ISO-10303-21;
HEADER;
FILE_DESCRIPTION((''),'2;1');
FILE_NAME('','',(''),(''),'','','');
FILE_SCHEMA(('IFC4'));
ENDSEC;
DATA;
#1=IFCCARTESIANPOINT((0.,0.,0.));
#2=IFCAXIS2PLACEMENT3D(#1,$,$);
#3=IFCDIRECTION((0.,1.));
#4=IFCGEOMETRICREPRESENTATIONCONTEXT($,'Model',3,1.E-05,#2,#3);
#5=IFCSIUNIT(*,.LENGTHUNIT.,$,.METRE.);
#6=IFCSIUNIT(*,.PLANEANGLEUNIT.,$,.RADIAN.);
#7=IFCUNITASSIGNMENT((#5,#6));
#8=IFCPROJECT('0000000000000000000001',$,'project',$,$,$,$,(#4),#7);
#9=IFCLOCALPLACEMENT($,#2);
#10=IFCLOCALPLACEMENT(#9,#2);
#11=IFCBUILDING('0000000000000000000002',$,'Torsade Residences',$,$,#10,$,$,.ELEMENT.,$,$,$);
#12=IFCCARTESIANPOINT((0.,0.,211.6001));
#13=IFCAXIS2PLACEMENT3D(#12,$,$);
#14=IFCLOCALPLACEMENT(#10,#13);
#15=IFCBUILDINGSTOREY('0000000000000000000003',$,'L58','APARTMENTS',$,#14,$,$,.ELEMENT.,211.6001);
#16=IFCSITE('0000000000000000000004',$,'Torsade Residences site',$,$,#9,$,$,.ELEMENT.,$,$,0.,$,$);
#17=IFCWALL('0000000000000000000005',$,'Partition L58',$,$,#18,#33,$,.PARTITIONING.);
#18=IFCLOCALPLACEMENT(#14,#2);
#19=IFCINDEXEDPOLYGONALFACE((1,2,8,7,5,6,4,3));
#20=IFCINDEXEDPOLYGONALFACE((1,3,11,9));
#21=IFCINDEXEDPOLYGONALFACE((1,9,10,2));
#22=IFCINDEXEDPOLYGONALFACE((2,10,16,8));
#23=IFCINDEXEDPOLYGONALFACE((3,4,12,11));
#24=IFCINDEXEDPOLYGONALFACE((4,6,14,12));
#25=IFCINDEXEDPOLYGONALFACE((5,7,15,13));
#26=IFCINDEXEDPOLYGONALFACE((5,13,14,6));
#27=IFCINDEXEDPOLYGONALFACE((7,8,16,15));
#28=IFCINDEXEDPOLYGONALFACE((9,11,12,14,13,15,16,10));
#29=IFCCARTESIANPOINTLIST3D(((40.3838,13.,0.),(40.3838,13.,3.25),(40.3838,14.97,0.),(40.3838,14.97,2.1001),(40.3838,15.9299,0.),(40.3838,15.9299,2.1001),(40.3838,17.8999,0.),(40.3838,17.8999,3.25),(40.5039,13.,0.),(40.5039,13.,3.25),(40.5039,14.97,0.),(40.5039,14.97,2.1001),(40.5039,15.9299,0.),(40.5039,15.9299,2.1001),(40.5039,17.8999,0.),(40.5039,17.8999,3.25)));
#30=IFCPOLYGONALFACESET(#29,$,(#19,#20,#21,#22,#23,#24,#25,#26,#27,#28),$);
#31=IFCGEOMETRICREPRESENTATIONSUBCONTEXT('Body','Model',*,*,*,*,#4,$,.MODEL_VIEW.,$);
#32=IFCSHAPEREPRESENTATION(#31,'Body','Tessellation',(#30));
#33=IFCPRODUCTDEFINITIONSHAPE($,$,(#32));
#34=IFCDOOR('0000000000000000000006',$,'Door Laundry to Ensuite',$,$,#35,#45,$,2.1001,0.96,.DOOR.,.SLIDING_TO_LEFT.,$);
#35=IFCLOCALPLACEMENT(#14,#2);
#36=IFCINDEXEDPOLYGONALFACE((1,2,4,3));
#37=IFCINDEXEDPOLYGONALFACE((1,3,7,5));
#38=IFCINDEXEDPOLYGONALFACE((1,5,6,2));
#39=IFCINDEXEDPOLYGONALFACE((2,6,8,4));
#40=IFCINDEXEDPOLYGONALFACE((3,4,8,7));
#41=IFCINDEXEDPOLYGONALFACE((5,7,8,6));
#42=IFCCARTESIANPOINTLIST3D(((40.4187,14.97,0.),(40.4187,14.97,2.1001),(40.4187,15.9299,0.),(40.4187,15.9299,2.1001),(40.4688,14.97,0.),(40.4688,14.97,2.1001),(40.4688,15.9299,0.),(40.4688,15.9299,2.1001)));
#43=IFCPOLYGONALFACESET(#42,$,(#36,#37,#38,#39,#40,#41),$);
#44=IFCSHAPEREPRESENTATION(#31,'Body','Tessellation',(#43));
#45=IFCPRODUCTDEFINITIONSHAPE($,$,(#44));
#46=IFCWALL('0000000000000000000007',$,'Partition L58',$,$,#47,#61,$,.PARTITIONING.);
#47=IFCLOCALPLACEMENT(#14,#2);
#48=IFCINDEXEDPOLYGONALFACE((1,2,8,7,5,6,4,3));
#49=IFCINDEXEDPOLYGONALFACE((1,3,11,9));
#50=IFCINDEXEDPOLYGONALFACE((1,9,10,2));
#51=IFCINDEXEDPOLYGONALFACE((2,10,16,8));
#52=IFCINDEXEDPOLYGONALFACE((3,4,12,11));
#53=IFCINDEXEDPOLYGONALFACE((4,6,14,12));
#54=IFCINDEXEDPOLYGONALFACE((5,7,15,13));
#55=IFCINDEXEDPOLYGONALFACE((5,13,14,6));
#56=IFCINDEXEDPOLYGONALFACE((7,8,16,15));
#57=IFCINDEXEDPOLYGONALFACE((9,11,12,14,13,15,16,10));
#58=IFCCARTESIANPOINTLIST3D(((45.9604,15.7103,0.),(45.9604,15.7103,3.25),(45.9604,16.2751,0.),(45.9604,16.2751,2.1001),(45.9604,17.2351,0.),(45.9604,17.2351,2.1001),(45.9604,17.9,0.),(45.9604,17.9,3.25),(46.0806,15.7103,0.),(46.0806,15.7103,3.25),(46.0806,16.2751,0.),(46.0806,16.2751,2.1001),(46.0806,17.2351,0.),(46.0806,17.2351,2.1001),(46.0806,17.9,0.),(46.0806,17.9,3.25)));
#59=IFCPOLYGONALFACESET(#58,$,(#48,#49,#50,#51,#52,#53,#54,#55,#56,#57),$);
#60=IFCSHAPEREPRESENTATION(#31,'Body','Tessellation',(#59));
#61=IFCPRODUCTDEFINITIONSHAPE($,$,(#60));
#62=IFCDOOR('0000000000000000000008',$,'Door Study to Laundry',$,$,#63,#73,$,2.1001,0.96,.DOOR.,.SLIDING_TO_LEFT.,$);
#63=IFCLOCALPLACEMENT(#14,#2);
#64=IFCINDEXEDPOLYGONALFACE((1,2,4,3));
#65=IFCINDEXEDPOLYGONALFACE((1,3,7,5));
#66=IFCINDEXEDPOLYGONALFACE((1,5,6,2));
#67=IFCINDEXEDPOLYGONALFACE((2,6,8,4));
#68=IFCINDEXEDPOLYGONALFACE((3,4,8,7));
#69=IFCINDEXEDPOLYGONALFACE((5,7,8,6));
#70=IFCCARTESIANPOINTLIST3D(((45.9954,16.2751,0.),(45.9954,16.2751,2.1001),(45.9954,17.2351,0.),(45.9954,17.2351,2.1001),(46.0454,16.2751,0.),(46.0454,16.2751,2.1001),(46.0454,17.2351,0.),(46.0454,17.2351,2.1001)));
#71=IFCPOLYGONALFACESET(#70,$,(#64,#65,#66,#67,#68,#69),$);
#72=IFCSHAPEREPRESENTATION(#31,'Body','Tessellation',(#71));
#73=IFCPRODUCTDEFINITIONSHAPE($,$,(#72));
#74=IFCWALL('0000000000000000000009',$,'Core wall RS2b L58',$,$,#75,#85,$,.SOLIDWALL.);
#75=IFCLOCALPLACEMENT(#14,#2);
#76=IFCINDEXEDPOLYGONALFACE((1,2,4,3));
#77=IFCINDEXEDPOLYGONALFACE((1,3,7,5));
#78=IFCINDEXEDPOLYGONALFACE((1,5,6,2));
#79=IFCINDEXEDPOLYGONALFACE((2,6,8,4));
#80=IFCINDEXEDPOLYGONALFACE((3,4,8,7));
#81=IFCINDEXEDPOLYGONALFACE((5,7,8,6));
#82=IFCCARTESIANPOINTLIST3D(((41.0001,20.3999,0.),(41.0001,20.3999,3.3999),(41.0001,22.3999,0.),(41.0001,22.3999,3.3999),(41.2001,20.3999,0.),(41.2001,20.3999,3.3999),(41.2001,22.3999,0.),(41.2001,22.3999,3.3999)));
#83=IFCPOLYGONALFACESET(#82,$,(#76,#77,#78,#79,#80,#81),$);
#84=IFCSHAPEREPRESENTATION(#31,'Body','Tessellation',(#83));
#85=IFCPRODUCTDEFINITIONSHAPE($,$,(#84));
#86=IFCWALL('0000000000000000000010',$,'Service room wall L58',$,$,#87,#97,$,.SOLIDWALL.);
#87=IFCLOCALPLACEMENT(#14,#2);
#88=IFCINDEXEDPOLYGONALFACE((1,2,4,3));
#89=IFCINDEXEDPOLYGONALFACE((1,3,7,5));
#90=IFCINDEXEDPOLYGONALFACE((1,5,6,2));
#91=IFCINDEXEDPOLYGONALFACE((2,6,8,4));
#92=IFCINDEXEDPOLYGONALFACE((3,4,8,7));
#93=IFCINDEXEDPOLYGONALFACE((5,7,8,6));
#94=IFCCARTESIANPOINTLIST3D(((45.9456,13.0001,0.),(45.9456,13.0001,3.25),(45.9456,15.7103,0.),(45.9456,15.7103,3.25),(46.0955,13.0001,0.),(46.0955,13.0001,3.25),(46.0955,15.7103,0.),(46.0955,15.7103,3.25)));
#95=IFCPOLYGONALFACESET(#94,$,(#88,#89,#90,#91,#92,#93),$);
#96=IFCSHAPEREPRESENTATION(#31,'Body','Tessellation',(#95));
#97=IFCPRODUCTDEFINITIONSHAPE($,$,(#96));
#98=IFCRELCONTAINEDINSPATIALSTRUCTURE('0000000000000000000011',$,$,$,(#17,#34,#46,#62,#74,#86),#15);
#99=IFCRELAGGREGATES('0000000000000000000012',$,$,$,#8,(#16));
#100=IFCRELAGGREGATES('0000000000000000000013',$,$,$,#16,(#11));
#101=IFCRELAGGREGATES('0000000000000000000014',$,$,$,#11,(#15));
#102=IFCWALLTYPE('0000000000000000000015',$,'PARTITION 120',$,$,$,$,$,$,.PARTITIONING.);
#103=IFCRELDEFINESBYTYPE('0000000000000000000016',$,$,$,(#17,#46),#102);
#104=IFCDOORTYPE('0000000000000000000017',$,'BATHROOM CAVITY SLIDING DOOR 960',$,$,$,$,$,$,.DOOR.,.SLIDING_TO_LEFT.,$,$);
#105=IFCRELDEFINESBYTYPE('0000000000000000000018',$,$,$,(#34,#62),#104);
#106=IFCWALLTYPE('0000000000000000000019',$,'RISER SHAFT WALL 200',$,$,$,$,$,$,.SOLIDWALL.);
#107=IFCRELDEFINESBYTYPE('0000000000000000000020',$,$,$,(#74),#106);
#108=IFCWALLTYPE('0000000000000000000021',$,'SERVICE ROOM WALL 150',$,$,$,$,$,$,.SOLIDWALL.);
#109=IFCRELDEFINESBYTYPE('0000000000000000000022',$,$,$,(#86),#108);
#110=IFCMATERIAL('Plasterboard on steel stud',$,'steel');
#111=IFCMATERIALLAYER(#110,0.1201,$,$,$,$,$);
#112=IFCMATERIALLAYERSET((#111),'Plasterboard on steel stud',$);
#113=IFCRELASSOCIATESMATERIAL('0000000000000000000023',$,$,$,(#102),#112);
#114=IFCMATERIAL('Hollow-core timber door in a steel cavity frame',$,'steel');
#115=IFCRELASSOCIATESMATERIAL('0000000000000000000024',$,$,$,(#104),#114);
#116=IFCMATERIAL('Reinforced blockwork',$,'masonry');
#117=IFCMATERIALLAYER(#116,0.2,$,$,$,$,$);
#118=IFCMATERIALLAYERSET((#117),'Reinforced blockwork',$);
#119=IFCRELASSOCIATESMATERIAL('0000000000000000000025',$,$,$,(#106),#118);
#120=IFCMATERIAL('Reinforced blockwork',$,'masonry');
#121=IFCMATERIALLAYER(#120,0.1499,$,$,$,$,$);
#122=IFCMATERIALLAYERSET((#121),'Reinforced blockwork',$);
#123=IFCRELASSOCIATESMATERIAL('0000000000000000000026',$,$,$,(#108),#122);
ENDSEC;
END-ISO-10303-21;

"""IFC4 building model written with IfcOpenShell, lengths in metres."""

from ifc_helpers import new_model, si_unit, direction, frame, frame_2d, origin, place, context, subcontext, project, spatial, rectangle, extrude, material, layer, layer_set, type_object, element, fill, save


model = new_model("IFC4")

# Units and contexts
model_context = context("Model", 3, precision=1e-05, world=origin(), true_north=direction((0.0, 1.0)))
body_context = subcontext(model_context, "Body", "Model", "MODEL_VIEW")
ifc_project = project(units=[si_unit("LENGTHUNIT", "METRE"), si_unit("PLANEANGLEUNIT", "RADIAN")], contexts=[model_context])

# Site, building, storey
site_placement = place(None, origin())
site = spatial("IfcSite", under=ifc_project, at=site_placement, Name="Torsade Residences site", CompositionType="ELEMENT", RefElevation=0.0)
building_placement = place(site_placement, origin())
building = spatial("IfcBuilding", under=site, at=building_placement, Name="Torsade Residences", CompositionType="ELEMENT")
storey_placement = place(building_placement, frame((0.0, 0.0, 211.6001)))
storey = spatial("IfcBuildingStorey", under=building, at=storey_placement, Name="L58", Description="APARTMENTS", CompositionType="ELEMENT", Elevation=211.6001)

# Walls, openings, doors
ifc_material_1 = material(Name="Plasterboard on steel stud", Category="steel")
ifc_layer_1 = layer(ifc_material_1, 0.1201)
ifc_layer_set_1 = layer_set([ifc_layer_1], Name="Plasterboard on steel stud")
wall_type_1 = type_object("IfcWallType", Name="PARTITION 120", PredefinedType="PARTITIONING", material=ifc_layer_set_1)
wall_1_placement = place(storey_placement, frame((40.4438, 17.8999, 0.0), z_axis=(0.0, 0.0, 1.0), x_axis=(0.0, -1.0, 0.0)))
wall_1 = element("IfcWall", 1, at=wall_1_placement, inside=storey, type_object=wall_type_1, Name="Partition L58", PredefinedType="PARTITIONING", context=body_context, shape_type="SweptSolid", body=[
    extrude(rectangle(XDim=4.8999, YDim=0.1201, at=frame_2d((2.45, 0.0))), origin(), (0.0, 0.0, 1.0), 3.25),
])
opening_1_placement = place(wall_1_placement, frame((1.97, 0.0, 0.0)))
opening_1 = element("IfcOpeningElement", 2, at=opening_1_placement, cuts=wall_1, PredefinedType="OPENING", context=body_context, shape_type="SweptSolid", body=[
    extrude(rectangle(XDim=0.96, YDim=2.1001, at=frame_2d((0.48, 1.05))), frame((0.0, 0.0701, 0.0), z_axis=(0.0, -1.0, 0.0), x_axis=(1.0, 0.0, 0.0)), (0.0, 0.0, 1.0), 0.1401),
])
ifc_material_2 = material(Name="Hollow-core timber door in a steel cavity frame", Category="steel")
door_type_1 = type_object("IfcDoorType", Name="BATHROOM CAVITY SLIDING DOOR 960", OperationType="SLIDING_TO_LEFT", PredefinedType="DOOR", material=ifc_material_2)
door_1_placement = place(opening_1_placement, origin())
door_1 = element("IfcDoor", 3, at=door_1_placement, inside=storey, type_object=door_type_1, Name="Door Laundry to Ensuite", OperationType="SLIDING_TO_LEFT", OverallHeight=2.1001, OverallWidth=0.96, PredefinedType="DOOR", context=body_context, shape_type="SweptSolid", body=[
    extrude(rectangle(XDim=0.96, YDim=2.1001, at=frame_2d((0.48, 1.05))), frame((0.0, 0.0249, 0.0), z_axis=(0.0, -1.0, 0.0), x_axis=(1.0, 0.0, 0.0)), (0.0, 0.0, 1.0), 0.05),
])
fill(opening_1, door_1)
wall_2_placement = place(storey_placement, frame((46.0205, 17.8999, 0.0), z_axis=(0.0, 0.0, 1.0), x_axis=(0.0, -1.0, 0.0)))
wall_2 = element("IfcWall", 4, at=wall_2_placement, inside=storey, type_object=wall_type_1, Name="Partition L58", PredefinedType="PARTITIONING", context=body_context, shape_type="SweptSolid", body=[
    extrude(rectangle(XDim=2.1897, YDim=0.1201, at=frame_2d((1.0947, 0.0))), origin(), (0.0, 0.0, 1.0), 3.25),
])
opening_2_placement = place(wall_2_placement, frame((0.6648, 0.0, 0.0)))
opening_2 = element("IfcOpeningElement", 5, at=opening_2_placement, cuts=wall_2, PredefinedType="OPENING", context=body_context, shape_type="SweptSolid", body=[
    extrude(rectangle(XDim=0.96, YDim=2.1001, at=frame_2d((0.48, 1.05))), frame((0.0, 0.0701, 0.0), z_axis=(0.0, -1.0, 0.0), x_axis=(1.0, 0.0, 0.0)), (0.0, 0.0, 1.0), 0.1401),
])
door_2_placement = place(opening_2_placement, origin())
door_2 = element("IfcDoor", 6, at=door_2_placement, inside=storey, type_object=door_type_1, Name="Door Study to Laundry", OperationType="SLIDING_TO_LEFT", OverallHeight=2.1001, OverallWidth=0.96, PredefinedType="DOOR", context=body_context, shape_type="SweptSolid", body=[
    extrude(rectangle(XDim=0.96, YDim=2.1001, at=frame_2d((0.48, 1.05))), frame((0.0, 0.0249, 0.0), z_axis=(0.0, -1.0, 0.0), x_axis=(1.0, 0.0, 0.0)), (0.0, 0.0, 1.0), 0.05),
])
fill(opening_2, door_2)

# Walls
ifc_material_3 = material(Name="Reinforced blockwork", Category="masonry")
ifc_layer_2 = layer(ifc_material_3, 0.2)
ifc_layer_set_2 = layer_set([ifc_layer_2], Name="Reinforced blockwork")
wall_type_2 = type_object("IfcWallType", Name="RISER SHAFT WALL 200", PredefinedType="SOLIDWALL", material=ifc_layer_set_2)
wall_3_placement = place(storey_placement, frame((41.1001, 22.3999, 0.0), z_axis=(0.0, 0.0, 1.0), x_axis=(0.0, -1.0, 0.0)))
element("IfcWall", 7, at=wall_3_placement, inside=storey, type_object=wall_type_2, Name="Core wall RS2b L58", PredefinedType="SOLIDWALL", context=body_context, shape_type="SweptSolid", body=[
    extrude(rectangle(XDim=2.0, YDim=0.2, at=frame_2d((1.0, 0.0))), origin(), (0.0, 0.0, 1.0), 3.3999),
])
ifc_material_4 = material(Name="Reinforced blockwork", Category="masonry")
ifc_layer_3 = layer(ifc_material_4, 0.1499)
ifc_layer_set_3 = layer_set([ifc_layer_3], Name="Reinforced blockwork")
wall_type_3 = type_object("IfcWallType", Name="SERVICE ROOM WALL 150", PredefinedType="SOLIDWALL", material=ifc_layer_set_3)
wall_4_placement = place(storey_placement, frame((46.0205, 15.7102, 0.0), z_axis=(0.0, 0.0, 1.0), x_axis=(0.0, -1.0, 0.0)))
element("IfcWall", 8, at=wall_4_placement, inside=storey, type_object=wall_type_3, Name="Service room wall L58", PredefinedType="SOLIDWALL", context=body_context, shape_type="SweptSolid", body=[
    extrude(rectangle(XDim=2.7102, YDim=0.1499, at=frame_2d((1.355, 0.0))), origin(), (0.0, 0.0, 1.0), 3.25),
])

save(model, "model.ifc")
